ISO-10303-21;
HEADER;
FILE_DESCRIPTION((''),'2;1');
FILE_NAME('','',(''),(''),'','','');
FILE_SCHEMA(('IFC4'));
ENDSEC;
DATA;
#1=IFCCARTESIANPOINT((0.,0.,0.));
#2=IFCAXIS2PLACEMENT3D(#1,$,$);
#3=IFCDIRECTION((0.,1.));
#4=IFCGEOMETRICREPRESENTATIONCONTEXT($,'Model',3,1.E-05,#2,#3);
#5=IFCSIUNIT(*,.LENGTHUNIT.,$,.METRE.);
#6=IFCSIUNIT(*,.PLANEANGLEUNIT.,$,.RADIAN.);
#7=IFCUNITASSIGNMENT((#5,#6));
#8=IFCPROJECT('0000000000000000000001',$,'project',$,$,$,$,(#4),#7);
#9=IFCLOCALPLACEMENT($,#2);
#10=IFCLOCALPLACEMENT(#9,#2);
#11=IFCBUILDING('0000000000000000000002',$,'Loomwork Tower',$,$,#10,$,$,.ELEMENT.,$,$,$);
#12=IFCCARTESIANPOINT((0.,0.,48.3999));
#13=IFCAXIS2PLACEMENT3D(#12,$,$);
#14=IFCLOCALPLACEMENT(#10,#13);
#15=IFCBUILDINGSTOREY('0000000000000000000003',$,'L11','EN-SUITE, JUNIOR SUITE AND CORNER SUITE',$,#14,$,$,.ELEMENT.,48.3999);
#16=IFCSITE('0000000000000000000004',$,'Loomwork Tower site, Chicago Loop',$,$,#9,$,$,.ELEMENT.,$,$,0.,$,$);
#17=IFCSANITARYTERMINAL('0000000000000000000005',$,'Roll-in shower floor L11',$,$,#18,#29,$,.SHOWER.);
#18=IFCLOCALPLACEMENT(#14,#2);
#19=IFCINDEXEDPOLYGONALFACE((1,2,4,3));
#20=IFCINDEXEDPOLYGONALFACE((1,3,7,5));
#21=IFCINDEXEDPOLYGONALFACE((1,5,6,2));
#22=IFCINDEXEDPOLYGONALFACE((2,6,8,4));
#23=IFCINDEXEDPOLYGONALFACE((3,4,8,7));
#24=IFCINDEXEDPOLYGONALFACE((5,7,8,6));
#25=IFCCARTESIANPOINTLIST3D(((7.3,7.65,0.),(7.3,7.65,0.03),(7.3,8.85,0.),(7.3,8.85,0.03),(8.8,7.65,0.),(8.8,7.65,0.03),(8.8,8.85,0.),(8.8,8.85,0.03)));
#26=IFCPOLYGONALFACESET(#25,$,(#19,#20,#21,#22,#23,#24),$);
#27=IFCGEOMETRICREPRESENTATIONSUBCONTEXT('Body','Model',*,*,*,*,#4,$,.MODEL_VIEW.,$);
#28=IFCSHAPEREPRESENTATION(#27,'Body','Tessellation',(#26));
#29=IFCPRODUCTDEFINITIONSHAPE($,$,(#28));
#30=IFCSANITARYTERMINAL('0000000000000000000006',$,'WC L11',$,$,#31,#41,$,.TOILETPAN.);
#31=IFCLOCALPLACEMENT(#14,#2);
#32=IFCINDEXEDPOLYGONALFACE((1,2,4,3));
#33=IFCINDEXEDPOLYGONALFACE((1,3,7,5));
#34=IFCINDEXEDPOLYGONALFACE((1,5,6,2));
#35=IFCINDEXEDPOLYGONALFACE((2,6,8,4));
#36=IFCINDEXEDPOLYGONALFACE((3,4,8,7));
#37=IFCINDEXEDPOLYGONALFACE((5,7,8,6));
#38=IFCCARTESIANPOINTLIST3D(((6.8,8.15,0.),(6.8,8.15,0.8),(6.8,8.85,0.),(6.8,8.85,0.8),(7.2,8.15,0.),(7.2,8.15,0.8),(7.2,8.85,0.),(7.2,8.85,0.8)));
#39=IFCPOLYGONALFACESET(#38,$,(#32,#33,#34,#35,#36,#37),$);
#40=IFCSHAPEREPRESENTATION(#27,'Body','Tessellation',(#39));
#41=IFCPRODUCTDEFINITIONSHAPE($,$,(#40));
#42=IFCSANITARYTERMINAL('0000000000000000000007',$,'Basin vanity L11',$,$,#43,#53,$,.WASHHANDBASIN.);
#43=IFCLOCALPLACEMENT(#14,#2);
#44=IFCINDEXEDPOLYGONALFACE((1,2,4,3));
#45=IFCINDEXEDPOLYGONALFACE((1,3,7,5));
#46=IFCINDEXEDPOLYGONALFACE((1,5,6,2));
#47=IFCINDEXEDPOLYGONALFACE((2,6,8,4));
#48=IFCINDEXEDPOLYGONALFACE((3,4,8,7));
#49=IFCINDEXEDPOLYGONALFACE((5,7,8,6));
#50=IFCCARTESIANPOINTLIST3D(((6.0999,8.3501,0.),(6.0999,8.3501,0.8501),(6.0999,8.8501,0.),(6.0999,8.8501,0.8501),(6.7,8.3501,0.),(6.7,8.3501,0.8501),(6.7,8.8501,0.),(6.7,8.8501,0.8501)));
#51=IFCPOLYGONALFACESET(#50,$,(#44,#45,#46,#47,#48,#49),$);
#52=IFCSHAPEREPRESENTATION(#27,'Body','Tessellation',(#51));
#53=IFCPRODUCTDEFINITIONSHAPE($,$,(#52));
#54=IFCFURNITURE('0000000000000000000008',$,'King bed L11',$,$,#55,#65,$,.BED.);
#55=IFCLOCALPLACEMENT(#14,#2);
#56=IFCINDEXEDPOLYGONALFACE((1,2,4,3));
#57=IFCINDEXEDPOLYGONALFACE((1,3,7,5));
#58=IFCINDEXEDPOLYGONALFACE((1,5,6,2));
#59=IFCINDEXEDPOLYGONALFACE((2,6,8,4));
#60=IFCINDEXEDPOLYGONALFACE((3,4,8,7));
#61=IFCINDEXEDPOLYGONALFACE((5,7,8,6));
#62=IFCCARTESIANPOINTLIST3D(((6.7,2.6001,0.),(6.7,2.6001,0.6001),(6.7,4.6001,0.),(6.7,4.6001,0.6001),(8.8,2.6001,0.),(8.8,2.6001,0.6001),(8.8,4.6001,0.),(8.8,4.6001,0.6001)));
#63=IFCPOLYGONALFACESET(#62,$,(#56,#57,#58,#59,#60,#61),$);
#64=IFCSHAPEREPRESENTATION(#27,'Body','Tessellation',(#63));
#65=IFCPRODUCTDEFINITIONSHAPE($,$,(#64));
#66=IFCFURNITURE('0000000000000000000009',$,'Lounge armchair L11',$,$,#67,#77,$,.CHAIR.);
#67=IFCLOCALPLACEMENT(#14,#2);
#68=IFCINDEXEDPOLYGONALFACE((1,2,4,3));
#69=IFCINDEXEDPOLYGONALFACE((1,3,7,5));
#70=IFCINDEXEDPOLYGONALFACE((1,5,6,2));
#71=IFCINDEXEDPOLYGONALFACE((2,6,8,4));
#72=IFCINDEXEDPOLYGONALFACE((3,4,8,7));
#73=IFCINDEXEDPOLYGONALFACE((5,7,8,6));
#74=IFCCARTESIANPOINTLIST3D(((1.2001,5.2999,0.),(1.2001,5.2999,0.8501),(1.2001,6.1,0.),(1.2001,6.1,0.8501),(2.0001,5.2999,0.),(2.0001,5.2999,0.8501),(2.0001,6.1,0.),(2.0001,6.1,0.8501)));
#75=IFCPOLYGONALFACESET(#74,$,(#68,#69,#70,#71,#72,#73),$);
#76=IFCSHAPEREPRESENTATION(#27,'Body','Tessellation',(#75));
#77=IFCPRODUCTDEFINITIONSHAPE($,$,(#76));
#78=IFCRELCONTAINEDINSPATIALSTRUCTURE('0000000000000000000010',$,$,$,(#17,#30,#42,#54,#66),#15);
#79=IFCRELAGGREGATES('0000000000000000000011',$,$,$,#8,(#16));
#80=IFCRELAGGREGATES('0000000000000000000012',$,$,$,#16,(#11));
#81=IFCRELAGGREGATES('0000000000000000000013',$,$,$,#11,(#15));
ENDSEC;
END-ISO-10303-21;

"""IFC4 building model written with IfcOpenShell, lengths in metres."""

from ifc_helpers import new_model, si_unit, direction, frame, origin, origin_2d, place, context, subcontext, project, spatial, rectangle, extrude, element, save


model = new_model("IFC4")

# Units and contexts
model_context = context("Model", 3, precision=1e-05, world=origin(), true_north=direction((0.0, 1.0)))
body_context = subcontext(model_context, "Body", "Model", "MODEL_VIEW")
ifc_project = project(units=[si_unit("LENGTHUNIT", "METRE"), si_unit("PLANEANGLEUNIT", "RADIAN")], contexts=[model_context])

# Site, building, storey
site_placement = place(None, origin())
site = spatial("IfcSite", under=ifc_project, at=site_placement, Name="Loomwork Tower site, Chicago Loop", CompositionType="ELEMENT", RefElevation=0.0)
building_placement = place(site_placement, origin())
building = spatial("IfcBuilding", under=site, at=building_placement, Name="Loomwork Tower", CompositionType="ELEMENT")
storey_placement = place(building_placement, frame((0.0, 0.0, 48.3999)))
storey = spatial("IfcBuildingStorey", under=building, at=storey_placement, Name="L11", Description="EN-SUITE, JUNIOR SUITE AND CORNER SUITE", CompositionType="ELEMENT", Elevation=48.3999)

# Sanitary terminals
sanitary_terminal_1_placement = place(storey_placement, frame((8.05, 8.25, 0.0), z_axis=(0.0, 0.0, 1.0), x_axis=(1.0, 0.0, 0.0)))
element("IfcSanitaryTerminal", 1, at=sanitary_terminal_1_placement, inside=storey, Name="Roll-in shower floor L11", PredefinedType="SHOWER", context=body_context, shape_type="SweptSolid", body=[
    extrude(rectangle(XDim=1.5, YDim=1.2, at=origin_2d()), origin(), (0.0, 0.0, 1.0), 0.03),
])
sanitary_terminal_2_placement = place(storey_placement, frame((7.0, 8.5, 0.0), z_axis=(0.0, 0.0, 1.0), x_axis=(1.0, 0.0, 0.0)))
element("IfcSanitaryTerminal", 2, at=sanitary_terminal_2_placement, inside=storey, Name="WC L11", PredefinedType="TOILETPAN", context=body_context, shape_type="SweptSolid", body=[
    extrude(rectangle(XDim=0.3999, YDim=0.7, at=origin_2d()), origin(), (0.0, 0.0, 1.0), 0.8),
])
sanitary_terminal_3_placement = place(storey_placement, frame((6.3999, 8.6001, 0.0), z_axis=(0.0, 0.0, 1.0), x_axis=(1.0, 0.0, 0.0)))
element("IfcSanitaryTerminal", 3, at=sanitary_terminal_3_placement, inside=storey, Name="Basin vanity L11", PredefinedType="WASHHANDBASIN", context=body_context, shape_type="SweptSolid", body=[
    extrude(rectangle(XDim=0.6001, YDim=0.5, at=origin_2d()), origin(), (0.0, 0.0, 1.0), 0.8501),
])

# Furniture
furniture_1_placement = place(storey_placement, frame((7.75, 3.6001, 0.0), z_axis=(0.0, 0.0, 1.0), x_axis=(1.0, 0.0, 0.0)))
element("IfcFurniture", 4, at=furniture_1_placement, inside=storey, Name="King bed L11", PredefinedType="BED", context=body_context, shape_type="SweptSolid", body=[
    extrude(rectangle(XDim=2.1001, YDim=2.0, at=origin_2d()), origin(), (0.0, 0.0, 1.0), 0.6001),
])
furniture_2_placement = place(storey_placement, frame((1.6001, 5.7, 0.0), z_axis=(0.0, 0.0, 1.0), x_axis=(1.0, 0.0, 0.0)))
element("IfcFurniture", 5, at=furniture_2_placement, inside=storey, Name="Lounge armchair L11", PredefinedType="CHAIR", context=body_context, shape_type="SweptSolid", body=[
    extrude(rectangle(XDim=0.8, YDim=0.8, at=origin_2d()), origin(), (0.0, 0.0, 1.0), 0.8501),
])

save(model, "model.ifc")
